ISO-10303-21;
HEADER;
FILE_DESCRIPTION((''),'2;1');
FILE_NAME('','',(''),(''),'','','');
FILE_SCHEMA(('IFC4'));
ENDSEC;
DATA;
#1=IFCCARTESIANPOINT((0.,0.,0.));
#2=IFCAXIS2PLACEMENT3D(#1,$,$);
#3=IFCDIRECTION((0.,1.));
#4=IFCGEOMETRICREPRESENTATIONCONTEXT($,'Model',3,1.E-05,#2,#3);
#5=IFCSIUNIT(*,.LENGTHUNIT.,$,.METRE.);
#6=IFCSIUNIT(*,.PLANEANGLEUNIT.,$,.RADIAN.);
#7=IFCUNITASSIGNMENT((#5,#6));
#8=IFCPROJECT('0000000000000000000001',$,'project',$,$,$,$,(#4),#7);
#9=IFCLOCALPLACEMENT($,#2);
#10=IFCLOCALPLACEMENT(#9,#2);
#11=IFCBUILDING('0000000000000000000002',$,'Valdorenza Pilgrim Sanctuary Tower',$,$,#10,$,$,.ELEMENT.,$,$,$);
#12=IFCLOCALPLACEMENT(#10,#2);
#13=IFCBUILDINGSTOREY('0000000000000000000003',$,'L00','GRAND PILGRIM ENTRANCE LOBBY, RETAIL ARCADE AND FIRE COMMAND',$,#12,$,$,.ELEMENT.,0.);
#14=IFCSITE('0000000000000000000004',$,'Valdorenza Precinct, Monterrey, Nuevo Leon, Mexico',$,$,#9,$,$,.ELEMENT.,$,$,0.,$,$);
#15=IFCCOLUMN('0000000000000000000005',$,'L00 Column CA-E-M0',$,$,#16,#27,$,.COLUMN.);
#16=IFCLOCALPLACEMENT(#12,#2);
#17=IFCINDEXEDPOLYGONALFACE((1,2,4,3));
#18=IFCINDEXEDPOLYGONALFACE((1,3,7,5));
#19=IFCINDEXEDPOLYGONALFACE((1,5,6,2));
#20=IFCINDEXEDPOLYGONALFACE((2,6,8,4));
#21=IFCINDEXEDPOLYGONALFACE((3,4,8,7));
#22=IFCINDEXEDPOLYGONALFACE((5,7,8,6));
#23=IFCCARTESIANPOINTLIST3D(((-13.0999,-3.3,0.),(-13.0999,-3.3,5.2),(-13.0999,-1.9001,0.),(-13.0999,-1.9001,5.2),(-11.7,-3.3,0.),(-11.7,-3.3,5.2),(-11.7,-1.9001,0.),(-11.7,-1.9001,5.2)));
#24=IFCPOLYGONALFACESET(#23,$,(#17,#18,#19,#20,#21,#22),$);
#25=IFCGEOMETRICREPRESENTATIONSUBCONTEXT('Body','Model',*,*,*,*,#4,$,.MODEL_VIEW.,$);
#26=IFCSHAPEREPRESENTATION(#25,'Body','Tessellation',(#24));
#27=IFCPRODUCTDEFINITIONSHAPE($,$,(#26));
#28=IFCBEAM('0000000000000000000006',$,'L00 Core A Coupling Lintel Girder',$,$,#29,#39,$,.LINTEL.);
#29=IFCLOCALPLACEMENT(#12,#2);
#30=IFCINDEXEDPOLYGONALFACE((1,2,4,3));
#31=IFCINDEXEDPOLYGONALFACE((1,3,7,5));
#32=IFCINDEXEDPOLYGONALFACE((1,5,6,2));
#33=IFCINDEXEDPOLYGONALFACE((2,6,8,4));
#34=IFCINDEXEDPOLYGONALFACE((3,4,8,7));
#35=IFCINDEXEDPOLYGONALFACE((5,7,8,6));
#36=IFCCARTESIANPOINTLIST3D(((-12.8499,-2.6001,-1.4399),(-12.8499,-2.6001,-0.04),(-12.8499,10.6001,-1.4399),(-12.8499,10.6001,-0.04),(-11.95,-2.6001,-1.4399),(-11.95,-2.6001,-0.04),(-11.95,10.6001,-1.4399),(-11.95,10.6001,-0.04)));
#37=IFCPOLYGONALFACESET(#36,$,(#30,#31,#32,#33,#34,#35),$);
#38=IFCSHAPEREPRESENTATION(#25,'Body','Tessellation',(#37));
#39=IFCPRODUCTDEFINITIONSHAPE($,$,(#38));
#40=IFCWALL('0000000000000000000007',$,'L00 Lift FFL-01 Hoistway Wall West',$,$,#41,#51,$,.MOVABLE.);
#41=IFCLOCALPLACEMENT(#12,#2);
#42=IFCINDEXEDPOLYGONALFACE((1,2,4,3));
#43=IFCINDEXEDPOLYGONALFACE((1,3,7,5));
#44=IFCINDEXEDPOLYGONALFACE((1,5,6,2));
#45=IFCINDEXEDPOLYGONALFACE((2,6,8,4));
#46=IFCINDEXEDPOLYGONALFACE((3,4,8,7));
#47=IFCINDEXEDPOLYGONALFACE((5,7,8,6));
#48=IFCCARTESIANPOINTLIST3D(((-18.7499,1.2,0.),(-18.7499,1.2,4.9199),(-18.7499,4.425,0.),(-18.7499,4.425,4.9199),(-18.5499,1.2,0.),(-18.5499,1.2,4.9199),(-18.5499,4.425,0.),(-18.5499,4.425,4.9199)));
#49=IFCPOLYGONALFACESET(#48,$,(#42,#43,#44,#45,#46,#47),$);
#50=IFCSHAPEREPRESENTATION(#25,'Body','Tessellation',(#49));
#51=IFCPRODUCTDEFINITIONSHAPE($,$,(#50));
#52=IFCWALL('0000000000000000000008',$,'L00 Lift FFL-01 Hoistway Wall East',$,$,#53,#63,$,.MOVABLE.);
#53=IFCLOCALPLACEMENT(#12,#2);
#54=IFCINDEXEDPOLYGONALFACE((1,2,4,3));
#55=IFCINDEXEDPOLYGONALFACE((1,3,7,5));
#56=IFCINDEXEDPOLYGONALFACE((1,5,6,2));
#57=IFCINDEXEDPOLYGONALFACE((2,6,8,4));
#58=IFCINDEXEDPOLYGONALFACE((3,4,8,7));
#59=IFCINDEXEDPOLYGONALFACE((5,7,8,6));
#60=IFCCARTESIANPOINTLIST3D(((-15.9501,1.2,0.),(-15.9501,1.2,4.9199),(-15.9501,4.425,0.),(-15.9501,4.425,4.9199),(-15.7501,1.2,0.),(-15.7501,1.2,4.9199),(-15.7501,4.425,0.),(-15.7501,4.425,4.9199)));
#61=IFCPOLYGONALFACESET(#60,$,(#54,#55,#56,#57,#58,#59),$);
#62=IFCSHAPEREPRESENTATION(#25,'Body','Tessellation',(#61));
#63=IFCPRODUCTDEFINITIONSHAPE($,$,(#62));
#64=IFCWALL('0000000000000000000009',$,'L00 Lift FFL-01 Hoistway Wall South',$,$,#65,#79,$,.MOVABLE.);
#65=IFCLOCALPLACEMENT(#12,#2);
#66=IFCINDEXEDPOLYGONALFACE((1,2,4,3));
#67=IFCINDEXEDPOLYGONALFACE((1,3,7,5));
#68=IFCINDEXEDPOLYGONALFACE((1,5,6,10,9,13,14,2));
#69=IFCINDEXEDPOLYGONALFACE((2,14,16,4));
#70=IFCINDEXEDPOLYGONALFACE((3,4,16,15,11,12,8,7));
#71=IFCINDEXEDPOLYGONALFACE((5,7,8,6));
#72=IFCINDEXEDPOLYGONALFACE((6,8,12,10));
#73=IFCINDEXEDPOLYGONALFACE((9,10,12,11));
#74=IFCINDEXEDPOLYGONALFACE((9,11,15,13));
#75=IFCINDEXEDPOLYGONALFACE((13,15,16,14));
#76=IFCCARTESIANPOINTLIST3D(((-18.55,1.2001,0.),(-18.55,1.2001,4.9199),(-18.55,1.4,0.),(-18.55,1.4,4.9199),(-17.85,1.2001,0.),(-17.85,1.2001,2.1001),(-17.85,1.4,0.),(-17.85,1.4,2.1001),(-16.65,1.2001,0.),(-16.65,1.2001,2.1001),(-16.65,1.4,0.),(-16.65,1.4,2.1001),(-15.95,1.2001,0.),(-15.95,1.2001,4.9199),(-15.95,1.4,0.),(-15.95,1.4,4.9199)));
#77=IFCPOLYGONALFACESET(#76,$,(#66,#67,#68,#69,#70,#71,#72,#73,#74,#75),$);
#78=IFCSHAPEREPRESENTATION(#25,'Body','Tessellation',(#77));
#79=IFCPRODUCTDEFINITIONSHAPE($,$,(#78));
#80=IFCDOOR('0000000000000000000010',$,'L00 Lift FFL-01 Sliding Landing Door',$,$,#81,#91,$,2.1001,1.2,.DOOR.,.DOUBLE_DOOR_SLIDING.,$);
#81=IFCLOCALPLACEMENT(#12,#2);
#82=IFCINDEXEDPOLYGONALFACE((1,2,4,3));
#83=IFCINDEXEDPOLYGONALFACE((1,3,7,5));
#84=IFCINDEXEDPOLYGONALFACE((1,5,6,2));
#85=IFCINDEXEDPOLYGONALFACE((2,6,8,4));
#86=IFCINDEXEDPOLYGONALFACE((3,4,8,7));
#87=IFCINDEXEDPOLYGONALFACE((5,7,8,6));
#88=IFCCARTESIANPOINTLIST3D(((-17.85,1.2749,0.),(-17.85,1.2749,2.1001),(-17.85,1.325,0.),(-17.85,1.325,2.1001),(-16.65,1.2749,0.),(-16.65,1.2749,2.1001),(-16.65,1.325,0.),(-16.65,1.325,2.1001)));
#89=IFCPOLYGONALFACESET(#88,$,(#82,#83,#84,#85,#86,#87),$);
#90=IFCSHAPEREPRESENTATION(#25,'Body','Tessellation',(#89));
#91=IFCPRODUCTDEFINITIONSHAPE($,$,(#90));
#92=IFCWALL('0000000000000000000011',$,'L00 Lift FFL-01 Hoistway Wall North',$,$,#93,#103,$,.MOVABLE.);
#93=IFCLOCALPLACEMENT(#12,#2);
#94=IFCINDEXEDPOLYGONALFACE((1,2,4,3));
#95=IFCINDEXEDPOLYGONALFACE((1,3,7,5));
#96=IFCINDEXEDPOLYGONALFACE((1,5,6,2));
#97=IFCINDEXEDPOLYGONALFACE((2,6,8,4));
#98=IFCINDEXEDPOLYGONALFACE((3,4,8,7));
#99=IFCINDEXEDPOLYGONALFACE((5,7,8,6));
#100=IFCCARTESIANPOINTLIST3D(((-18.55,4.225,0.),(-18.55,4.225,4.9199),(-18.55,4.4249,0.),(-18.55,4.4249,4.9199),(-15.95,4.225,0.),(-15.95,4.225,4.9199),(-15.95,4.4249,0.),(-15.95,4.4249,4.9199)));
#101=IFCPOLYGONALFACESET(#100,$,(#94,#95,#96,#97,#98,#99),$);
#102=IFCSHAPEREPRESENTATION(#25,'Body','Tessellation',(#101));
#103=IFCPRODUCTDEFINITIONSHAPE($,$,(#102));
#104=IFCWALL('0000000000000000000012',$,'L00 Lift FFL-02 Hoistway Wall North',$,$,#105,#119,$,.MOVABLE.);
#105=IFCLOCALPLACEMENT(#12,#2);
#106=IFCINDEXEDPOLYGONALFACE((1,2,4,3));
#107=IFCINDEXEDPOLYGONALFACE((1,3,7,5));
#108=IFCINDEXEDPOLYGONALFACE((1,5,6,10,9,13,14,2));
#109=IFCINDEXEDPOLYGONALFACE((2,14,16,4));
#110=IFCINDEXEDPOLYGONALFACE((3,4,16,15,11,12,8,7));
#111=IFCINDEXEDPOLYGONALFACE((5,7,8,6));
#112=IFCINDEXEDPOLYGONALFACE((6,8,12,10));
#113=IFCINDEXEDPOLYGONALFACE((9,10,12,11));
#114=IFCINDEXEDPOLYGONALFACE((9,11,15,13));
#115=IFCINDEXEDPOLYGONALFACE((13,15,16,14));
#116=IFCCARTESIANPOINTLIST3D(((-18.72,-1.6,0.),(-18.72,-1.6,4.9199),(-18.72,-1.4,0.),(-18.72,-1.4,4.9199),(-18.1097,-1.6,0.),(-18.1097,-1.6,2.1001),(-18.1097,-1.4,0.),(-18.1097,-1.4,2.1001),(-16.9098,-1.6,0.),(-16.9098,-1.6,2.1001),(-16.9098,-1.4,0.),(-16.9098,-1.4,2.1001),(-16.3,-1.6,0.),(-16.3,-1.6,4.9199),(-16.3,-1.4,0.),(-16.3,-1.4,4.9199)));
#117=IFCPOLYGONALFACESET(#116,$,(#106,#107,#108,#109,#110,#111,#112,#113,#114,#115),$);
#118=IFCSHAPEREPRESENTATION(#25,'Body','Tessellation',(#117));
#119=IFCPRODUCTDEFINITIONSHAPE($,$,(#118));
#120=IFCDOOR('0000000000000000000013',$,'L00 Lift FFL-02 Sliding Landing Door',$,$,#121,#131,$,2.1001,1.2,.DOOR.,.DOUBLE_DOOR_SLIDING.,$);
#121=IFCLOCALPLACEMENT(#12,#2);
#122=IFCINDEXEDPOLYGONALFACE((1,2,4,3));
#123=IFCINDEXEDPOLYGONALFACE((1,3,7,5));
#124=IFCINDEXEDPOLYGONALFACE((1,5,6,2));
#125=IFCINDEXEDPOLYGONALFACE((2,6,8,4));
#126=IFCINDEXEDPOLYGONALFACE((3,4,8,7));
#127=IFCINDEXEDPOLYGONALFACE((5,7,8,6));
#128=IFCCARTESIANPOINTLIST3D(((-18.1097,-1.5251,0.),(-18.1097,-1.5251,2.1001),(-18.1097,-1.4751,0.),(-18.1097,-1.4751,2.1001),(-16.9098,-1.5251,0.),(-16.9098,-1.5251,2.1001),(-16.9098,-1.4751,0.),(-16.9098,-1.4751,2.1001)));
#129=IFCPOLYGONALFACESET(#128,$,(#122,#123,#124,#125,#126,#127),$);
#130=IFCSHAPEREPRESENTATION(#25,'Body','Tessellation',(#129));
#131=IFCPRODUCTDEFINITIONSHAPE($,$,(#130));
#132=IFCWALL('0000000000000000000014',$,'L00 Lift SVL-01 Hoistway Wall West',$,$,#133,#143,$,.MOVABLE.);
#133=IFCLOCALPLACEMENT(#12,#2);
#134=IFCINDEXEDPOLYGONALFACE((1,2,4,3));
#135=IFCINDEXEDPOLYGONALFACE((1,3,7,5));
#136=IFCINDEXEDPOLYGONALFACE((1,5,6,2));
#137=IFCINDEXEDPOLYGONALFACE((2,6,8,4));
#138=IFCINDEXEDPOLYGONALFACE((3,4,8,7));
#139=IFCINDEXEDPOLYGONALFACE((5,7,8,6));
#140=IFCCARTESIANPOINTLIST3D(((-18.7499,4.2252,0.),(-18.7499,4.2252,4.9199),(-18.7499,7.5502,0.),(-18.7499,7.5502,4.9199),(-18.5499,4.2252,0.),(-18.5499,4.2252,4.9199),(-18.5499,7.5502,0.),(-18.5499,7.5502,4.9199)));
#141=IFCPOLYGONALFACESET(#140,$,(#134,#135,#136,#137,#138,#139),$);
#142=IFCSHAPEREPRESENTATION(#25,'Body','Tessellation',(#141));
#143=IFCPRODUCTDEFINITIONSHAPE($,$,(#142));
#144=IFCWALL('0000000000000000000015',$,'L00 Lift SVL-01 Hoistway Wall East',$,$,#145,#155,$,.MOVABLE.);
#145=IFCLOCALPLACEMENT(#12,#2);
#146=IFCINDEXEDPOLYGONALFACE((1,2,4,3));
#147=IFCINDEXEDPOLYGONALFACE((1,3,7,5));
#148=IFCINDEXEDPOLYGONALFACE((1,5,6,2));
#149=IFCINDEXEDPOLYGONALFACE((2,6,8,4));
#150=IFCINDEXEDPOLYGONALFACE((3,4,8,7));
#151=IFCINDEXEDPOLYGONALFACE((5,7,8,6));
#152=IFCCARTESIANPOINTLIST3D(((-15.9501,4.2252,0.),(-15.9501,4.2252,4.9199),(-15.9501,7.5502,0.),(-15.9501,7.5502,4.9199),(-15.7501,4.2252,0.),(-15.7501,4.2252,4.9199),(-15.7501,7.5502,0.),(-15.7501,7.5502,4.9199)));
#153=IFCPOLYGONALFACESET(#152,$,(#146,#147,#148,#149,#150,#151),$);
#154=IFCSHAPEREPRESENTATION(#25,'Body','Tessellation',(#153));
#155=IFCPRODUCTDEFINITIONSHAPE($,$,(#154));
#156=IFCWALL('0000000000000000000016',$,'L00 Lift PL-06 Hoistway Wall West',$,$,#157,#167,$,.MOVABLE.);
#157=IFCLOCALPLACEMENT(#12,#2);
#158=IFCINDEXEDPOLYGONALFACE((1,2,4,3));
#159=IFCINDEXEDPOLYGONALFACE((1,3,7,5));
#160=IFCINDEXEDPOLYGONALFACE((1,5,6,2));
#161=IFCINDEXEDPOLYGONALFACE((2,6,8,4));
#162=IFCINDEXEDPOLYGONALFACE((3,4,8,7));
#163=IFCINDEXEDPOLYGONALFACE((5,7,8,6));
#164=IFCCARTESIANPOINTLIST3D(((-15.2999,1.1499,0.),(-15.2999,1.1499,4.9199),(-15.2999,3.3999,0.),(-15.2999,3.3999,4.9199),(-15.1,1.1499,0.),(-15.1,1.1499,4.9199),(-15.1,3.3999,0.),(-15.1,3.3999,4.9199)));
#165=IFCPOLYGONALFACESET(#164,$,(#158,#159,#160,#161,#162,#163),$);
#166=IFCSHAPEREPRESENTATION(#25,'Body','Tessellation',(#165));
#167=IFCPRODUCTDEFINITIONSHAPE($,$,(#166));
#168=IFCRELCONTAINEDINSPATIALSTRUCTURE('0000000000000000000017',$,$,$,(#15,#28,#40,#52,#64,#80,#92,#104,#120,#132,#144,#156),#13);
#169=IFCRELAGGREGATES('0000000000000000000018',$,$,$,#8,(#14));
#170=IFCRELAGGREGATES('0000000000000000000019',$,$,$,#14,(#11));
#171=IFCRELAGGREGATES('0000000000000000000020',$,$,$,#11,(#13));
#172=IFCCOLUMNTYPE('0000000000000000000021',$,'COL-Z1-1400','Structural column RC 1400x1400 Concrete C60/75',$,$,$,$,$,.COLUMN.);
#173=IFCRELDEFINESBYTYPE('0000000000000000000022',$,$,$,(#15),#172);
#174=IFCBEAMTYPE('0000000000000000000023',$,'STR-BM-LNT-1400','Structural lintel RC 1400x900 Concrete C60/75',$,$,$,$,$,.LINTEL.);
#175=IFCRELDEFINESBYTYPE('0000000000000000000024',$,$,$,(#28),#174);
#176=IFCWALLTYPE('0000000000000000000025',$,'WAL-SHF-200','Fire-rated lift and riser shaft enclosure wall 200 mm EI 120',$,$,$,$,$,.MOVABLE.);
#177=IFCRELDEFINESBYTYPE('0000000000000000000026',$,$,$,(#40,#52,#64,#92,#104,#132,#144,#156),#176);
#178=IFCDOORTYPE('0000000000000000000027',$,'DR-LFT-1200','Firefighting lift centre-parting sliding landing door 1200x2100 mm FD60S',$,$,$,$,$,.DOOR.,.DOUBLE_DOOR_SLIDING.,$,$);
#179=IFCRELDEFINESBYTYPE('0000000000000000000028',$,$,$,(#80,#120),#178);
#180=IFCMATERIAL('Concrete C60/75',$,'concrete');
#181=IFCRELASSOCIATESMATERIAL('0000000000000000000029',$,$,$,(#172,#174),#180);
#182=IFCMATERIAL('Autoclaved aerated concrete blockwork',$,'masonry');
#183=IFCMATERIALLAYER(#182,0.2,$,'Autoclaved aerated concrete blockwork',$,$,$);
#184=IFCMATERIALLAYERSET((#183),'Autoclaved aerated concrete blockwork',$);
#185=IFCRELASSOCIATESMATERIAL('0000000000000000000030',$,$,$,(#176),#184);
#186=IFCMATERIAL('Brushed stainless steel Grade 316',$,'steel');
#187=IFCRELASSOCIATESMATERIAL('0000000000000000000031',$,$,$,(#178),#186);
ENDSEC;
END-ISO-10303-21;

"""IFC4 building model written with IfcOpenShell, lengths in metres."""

from ifc_helpers import new_model, si_unit, direction, frame, frame_2d, origin, origin_2d, place, context, subcontext, project, spatial, rectangle, extrude, source, transform, mapped, material, layer, layer_set, material_profile, profile_set, type_object, element, fill, save


model = new_model("IFC4")

# Units and contexts
model_context = context("Model", 3, precision=1e-05, world=origin(), true_north=direction((0.0, 1.0)))
body_context = subcontext(model_context, "Body", "Model", "MODEL_VIEW")
ifc_project = project(units=[si_unit("LENGTHUNIT", "METRE"), si_unit("PLANEANGLEUNIT", "RADIAN")], contexts=[model_context])

# Site, building, storey
site_placement = place(None, origin())
site = spatial("IfcSite", under=ifc_project, at=site_placement, Name="Valdorenza Precinct, Monterrey, Nuevo Leon, Mexico", CompositionType="ELEMENT", RefElevation=0.0)
building_placement = place(site_placement, origin())
building = spatial("IfcBuilding", under=site, at=building_placement, Name="Valdorenza Pilgrim Sanctuary Tower", CompositionType="ELEMENT")
storey_placement = place(building_placement, origin())
storey = spatial("IfcBuildingStorey", under=building, at=storey_placement, Name="L00", Description="GRAND PILGRIM ENTRANCE LOBBY, RETAIL ARCADE AND FIRE COMMAND", CompositionType="ELEMENT", Elevation=0.0)

# Column
ifc_material_1 = material(Name="Concrete C60/75", Category="concrete")
ifc_material_profile_1 = material_profile(ifc_material_1, rectangle(XDim=1.3999, YDim=1.3999, at=origin_2d()), Name="RC 1400x1400")
ifc_profile_set_1 = profile_set([ifc_material_profile_1], Name="Concrete C60/75")
column_type = type_object("IfcColumnType", Name="COL-Z1-1400", Description="Structural column RC 1400x1400 Concrete C60/75", PredefinedType="COLUMN", material=ifc_profile_set_1)
shared_shape_1 = source(origin(), body_context, "Body", "SweptSolid", [
    extrude(rectangle(XDim=1.3999, YDim=1.3999, at=origin_2d()), origin(), (0.0, 0.0, 1.0), 5.2),
])
column_placement = place(storey_placement, frame((-12.3999, -2.6001, 0.0), z_axis=(0.0, 0.0, 1.0), x_axis=(1.0, 0.0, 0.0)))
element("IfcColumn", 1, at=column_placement, inside=storey, type_object=column_type, Name="L00 Column CA-E-M0", PredefinedType="COLUMN", context=body_context, shape_type="MappedRepresentation", body=[
    mapped(shared_shape_1, transform((0.0, 0.0, 0.0), x_axis=(1.0, 0.0, 0.0), y_axis=(0.0, 1.0, 0.0), z_axis=(0.0, 0.0, 1.0), scale=1.0)),
])

# Beam
ifc_material_profile_2 = material_profile(ifc_material_1, rectangle(XDim=0.8999, YDim=1.3999, at=origin_2d()), Name="RC 1400x900")
ifc_profile_set_2 = profile_set([ifc_material_profile_2], Name="Concrete C60/75")
beam_type = type_object("IfcBeamType", Name="STR-BM-LNT-1400", Description="Structural lintel RC 1400x900 Concrete C60/75", PredefinedType="LINTEL", material=ifc_profile_set_2)
shared_shape_2 = source(origin(), body_context, "Body", "SweptSolid", [
    extrude(rectangle(XDim=0.8999, YDim=1.3999, at=origin_2d()), origin(), (0.0, 0.0, 1.0), 13.2002),
])
beam_placement = place(storey_placement, frame((-12.3999, -2.6001, -0.74), z_axis=(0.0, 1.0, 0.0), x_axis=(-1.0, 0.0, 0.0)))
element("IfcBeam", 2, at=beam_placement, inside=storey, type_object=beam_type, Name="L00 Core A Coupling Lintel Girder", PredefinedType="LINTEL", context=body_context, shape_type="MappedRepresentation", body=[
    mapped(shared_shape_2, transform((0.0, 0.0, 0.0), x_axis=(1.0, 0.0, 0.0), y_axis=(0.0, 1.0, 0.0), z_axis=(0.0, 0.0, 1.0), scale=1.0)),
])

# Walls
ifc_material_2 = material(Name="Autoclaved aerated concrete blockwork", Category="masonry")
ifc_layer_1 = layer(ifc_material_2, 0.2, Name="Autoclaved aerated concrete blockwork")
ifc_layer_set_1 = layer_set([ifc_layer_1], Name="Autoclaved aerated concrete blockwork")
wall_type_1 = type_object("IfcWallType", Name="WAL-SHF-200", Description="Fire-rated lift and riser shaft enclosure wall 200 mm EI 120", PredefinedType="MOVABLE", material=ifc_layer_set_1)
for number, where, z_axis, x_axis, name in (
    (3, (-18.6499, 1.2, 0.0), (0.0, 0.0, 1.0), (0.0, 1.0, 0.0), "L00 Lift FFL-01 Hoistway Wall West"),
    (4, (-15.8501, 1.2, 0.0), (0.0, 0.0, 1.0), (0.0, 1.0, 0.0), "L00 Lift FFL-01 Hoistway Wall East"),
):
    element("IfcWall", number, at=place(storey_placement, frame(where, z_axis=z_axis, x_axis=x_axis)), inside=storey, type_object=wall_type_1, Name=name, PredefinedType="MOVABLE", context=body_context, shape_type="SweptSolid", body=[
        extrude(rectangle(XDim=3.2251, YDim=0.2, at=frame_2d((1.6125, 0.0))), origin(), (0.0, 0.0, 1.0), 4.9199),
    ])

# Wall, opening, door
wall_1_placement = place(storey_placement, frame((-18.55, 1.3, 0.0), z_axis=(0.0, 0.0, 1.0), x_axis=(1.0, 0.0, 0.0)))
wall_1 = element("IfcWall", 5, at=wall_1_placement, inside=storey, type_object=wall_type_1, Name="L00 Lift FFL-01 Hoistway Wall South", PredefinedType="MOVABLE", context=body_context, shape_type="SweptSolid", body=[
    extrude(rectangle(XDim=2.6001, YDim=0.2, at=frame_2d((1.3, 0.0))), origin(), (0.0, 0.0, 1.0), 4.9199),
])
opening_1_placement = place(wall_1_placement, frame((0.7, 0.0, 0.0)))
opening_1 = element("IfcOpeningElement", 6, at=opening_1_placement, cuts=wall_1, PredefinedType="OPENING", context=body_context, shape_type="SweptSolid", body=[
    extrude(rectangle(XDim=1.2, YDim=2.1001, at=frame_2d((0.6001, 1.05))), frame((0.0, 0.1147, 0.0), z_axis=(0.0, -1.0, 0.0), x_axis=(1.0, 0.0, 0.0)), (0.0, 0.0, 1.0), 0.2297),
])
ifc_material_3 = material(Name="Brushed stainless steel Grade 316", Category="steel")
door_type_1 = type_object("IfcDoorType", Name="DR-LFT-1200", Description="Firefighting lift centre-parting sliding landing door 1200x2100 mm FD60S", OperationType="DOUBLE_DOOR_SLIDING", PredefinedType="DOOR", material=ifc_material_3)
door_1_placement = place(opening_1_placement, origin())
door_1 = element("IfcDoor", 7, at=door_1_placement, inside=storey, type_object=door_type_1, Name="L00 Lift FFL-01 Sliding Landing Door", OperationType="DOUBLE_DOOR_SLIDING", OverallHeight=2.1001, OverallWidth=1.2, PredefinedType="DOOR", context=body_context, shape_type="SweptSolid", body=[
    extrude(rectangle(XDim=1.2, YDim=2.1001, at=frame_2d((0.6001, 1.05))), frame((0.0, 0.0249, 0.0), z_axis=(0.0, -1.0, 0.0), x_axis=(1.0, 0.0, 0.0)), (0.0, 0.0, 1.0), 0.05),
])
fill(opening_1, door_1)

# Wall
wall_2_placement = place(storey_placement, frame((-18.55, 4.325, 0.0), z_axis=(0.0, 0.0, 1.0), x_axis=(1.0, 0.0, 0.0)))
element("IfcWall", 8, at=wall_2_placement, inside=storey, type_object=wall_type_1, Name="L00 Lift FFL-01 Hoistway Wall North", PredefinedType="MOVABLE", context=body_context, shape_type="SweptSolid", body=[
    extrude(rectangle(XDim=2.6001, YDim=0.2, at=frame_2d((1.3, 0.0))), origin(), (0.0, 0.0, 1.0), 4.9199),
])

# Wall, opening, door
wall_3_placement = place(storey_placement, frame((-18.72, -1.5, 0.0), z_axis=(0.0, 0.0, 1.0), x_axis=(1.0, 0.0, 0.0)))
wall_3 = element("IfcWall", 9, at=wall_3_placement, inside=storey, type_object=wall_type_1, Name="L00 Lift FFL-02 Hoistway Wall North", PredefinedType="MOVABLE", context=body_context, shape_type="SweptSolid", body=[
    extrude(rectangle(XDim=2.4199, YDim=0.2, at=frame_2d((1.21, 0.0))), origin(), (0.0, 0.0, 1.0), 4.9199),
])
opening_2_placement = place(wall_3_placement, frame((0.6101, 0.0, 0.0)))
opening_2 = element("IfcOpeningElement", 10, at=opening_2_placement, cuts=wall_3, PredefinedType="OPENING", context=body_context, shape_type="SweptSolid", body=[
    extrude(rectangle(XDim=1.2, YDim=2.1001, at=frame_2d((0.6001, 1.05))), frame((0.0, 0.1147, 0.0), z_axis=(0.0, -1.0, 0.0), x_axis=(1.0, 0.0, 0.0)), (0.0, 0.0, 1.0), 0.2297),
])
door_2_placement = place(opening_2_placement, origin())
door_2 = element("IfcDoor", 11, at=door_2_placement, inside=storey, type_object=door_type_1, Name="L00 Lift FFL-02 Sliding Landing Door", OperationType="DOUBLE_DOOR_SLIDING", OverallHeight=2.1001, OverallWidth=1.2, PredefinedType="DOOR", context=body_context, shape_type="SweptSolid", body=[
    extrude(rectangle(XDim=1.2, YDim=2.1001, at=frame_2d((0.6001, 1.05))), frame((0.0, 0.0249, 0.0), z_axis=(0.0, -1.0, 0.0), x_axis=(1.0, 0.0, 0.0)), (0.0, 0.0, 1.0), 0.05),
])
fill(opening_2, door_2)

# Walls
for number, where, z_axis, x_axis, name in (
    (12, (-18.6499, 4.2251, 0.0), (0.0, 0.0, 1.0), (0.0, 1.0, 0.0), "L00 Lift SVL-01 Hoistway Wall West"),
    (13, (-15.8501, 4.2251, 0.0), (0.0, 0.0, 1.0), (0.0, 1.0, 0.0), "L00 Lift SVL-01 Hoistway Wall East"),
):
    element("IfcWall", number, at=place(storey_placement, frame(where, z_axis=z_axis, x_axis=x_axis)), inside=storey, type_object=wall_type_1, Name=name, PredefinedType="MOVABLE", context=body_context, shape_type="SweptSolid", body=[
        extrude(rectangle(XDim=3.325, YDim=0.2, at=frame_2d((1.6626, 0.0))), origin(), (0.0, 0.0, 1.0), 4.9199),
    ])
wall_4_placement = place(storey_placement, frame((-15.2, 1.1499, 0.0), z_axis=(0.0, 0.0, 1.0), x_axis=(0.0, 1.0, 0.0)))
element("IfcWall", 14, at=wall_4_placement, inside=storey, type_object=wall_type_1, Name="L00 Lift PL-06 Hoistway Wall West", PredefinedType="MOVABLE", context=body_context, shape_type="SweptSolid", body=[
    extrude(rectangle(XDim=2.25, YDim=0.2, at=frame_2d((1.125, 0.0))), origin(), (0.0, 0.0, 1.0), 4.9199),
])

save(model, "model.ifc")
